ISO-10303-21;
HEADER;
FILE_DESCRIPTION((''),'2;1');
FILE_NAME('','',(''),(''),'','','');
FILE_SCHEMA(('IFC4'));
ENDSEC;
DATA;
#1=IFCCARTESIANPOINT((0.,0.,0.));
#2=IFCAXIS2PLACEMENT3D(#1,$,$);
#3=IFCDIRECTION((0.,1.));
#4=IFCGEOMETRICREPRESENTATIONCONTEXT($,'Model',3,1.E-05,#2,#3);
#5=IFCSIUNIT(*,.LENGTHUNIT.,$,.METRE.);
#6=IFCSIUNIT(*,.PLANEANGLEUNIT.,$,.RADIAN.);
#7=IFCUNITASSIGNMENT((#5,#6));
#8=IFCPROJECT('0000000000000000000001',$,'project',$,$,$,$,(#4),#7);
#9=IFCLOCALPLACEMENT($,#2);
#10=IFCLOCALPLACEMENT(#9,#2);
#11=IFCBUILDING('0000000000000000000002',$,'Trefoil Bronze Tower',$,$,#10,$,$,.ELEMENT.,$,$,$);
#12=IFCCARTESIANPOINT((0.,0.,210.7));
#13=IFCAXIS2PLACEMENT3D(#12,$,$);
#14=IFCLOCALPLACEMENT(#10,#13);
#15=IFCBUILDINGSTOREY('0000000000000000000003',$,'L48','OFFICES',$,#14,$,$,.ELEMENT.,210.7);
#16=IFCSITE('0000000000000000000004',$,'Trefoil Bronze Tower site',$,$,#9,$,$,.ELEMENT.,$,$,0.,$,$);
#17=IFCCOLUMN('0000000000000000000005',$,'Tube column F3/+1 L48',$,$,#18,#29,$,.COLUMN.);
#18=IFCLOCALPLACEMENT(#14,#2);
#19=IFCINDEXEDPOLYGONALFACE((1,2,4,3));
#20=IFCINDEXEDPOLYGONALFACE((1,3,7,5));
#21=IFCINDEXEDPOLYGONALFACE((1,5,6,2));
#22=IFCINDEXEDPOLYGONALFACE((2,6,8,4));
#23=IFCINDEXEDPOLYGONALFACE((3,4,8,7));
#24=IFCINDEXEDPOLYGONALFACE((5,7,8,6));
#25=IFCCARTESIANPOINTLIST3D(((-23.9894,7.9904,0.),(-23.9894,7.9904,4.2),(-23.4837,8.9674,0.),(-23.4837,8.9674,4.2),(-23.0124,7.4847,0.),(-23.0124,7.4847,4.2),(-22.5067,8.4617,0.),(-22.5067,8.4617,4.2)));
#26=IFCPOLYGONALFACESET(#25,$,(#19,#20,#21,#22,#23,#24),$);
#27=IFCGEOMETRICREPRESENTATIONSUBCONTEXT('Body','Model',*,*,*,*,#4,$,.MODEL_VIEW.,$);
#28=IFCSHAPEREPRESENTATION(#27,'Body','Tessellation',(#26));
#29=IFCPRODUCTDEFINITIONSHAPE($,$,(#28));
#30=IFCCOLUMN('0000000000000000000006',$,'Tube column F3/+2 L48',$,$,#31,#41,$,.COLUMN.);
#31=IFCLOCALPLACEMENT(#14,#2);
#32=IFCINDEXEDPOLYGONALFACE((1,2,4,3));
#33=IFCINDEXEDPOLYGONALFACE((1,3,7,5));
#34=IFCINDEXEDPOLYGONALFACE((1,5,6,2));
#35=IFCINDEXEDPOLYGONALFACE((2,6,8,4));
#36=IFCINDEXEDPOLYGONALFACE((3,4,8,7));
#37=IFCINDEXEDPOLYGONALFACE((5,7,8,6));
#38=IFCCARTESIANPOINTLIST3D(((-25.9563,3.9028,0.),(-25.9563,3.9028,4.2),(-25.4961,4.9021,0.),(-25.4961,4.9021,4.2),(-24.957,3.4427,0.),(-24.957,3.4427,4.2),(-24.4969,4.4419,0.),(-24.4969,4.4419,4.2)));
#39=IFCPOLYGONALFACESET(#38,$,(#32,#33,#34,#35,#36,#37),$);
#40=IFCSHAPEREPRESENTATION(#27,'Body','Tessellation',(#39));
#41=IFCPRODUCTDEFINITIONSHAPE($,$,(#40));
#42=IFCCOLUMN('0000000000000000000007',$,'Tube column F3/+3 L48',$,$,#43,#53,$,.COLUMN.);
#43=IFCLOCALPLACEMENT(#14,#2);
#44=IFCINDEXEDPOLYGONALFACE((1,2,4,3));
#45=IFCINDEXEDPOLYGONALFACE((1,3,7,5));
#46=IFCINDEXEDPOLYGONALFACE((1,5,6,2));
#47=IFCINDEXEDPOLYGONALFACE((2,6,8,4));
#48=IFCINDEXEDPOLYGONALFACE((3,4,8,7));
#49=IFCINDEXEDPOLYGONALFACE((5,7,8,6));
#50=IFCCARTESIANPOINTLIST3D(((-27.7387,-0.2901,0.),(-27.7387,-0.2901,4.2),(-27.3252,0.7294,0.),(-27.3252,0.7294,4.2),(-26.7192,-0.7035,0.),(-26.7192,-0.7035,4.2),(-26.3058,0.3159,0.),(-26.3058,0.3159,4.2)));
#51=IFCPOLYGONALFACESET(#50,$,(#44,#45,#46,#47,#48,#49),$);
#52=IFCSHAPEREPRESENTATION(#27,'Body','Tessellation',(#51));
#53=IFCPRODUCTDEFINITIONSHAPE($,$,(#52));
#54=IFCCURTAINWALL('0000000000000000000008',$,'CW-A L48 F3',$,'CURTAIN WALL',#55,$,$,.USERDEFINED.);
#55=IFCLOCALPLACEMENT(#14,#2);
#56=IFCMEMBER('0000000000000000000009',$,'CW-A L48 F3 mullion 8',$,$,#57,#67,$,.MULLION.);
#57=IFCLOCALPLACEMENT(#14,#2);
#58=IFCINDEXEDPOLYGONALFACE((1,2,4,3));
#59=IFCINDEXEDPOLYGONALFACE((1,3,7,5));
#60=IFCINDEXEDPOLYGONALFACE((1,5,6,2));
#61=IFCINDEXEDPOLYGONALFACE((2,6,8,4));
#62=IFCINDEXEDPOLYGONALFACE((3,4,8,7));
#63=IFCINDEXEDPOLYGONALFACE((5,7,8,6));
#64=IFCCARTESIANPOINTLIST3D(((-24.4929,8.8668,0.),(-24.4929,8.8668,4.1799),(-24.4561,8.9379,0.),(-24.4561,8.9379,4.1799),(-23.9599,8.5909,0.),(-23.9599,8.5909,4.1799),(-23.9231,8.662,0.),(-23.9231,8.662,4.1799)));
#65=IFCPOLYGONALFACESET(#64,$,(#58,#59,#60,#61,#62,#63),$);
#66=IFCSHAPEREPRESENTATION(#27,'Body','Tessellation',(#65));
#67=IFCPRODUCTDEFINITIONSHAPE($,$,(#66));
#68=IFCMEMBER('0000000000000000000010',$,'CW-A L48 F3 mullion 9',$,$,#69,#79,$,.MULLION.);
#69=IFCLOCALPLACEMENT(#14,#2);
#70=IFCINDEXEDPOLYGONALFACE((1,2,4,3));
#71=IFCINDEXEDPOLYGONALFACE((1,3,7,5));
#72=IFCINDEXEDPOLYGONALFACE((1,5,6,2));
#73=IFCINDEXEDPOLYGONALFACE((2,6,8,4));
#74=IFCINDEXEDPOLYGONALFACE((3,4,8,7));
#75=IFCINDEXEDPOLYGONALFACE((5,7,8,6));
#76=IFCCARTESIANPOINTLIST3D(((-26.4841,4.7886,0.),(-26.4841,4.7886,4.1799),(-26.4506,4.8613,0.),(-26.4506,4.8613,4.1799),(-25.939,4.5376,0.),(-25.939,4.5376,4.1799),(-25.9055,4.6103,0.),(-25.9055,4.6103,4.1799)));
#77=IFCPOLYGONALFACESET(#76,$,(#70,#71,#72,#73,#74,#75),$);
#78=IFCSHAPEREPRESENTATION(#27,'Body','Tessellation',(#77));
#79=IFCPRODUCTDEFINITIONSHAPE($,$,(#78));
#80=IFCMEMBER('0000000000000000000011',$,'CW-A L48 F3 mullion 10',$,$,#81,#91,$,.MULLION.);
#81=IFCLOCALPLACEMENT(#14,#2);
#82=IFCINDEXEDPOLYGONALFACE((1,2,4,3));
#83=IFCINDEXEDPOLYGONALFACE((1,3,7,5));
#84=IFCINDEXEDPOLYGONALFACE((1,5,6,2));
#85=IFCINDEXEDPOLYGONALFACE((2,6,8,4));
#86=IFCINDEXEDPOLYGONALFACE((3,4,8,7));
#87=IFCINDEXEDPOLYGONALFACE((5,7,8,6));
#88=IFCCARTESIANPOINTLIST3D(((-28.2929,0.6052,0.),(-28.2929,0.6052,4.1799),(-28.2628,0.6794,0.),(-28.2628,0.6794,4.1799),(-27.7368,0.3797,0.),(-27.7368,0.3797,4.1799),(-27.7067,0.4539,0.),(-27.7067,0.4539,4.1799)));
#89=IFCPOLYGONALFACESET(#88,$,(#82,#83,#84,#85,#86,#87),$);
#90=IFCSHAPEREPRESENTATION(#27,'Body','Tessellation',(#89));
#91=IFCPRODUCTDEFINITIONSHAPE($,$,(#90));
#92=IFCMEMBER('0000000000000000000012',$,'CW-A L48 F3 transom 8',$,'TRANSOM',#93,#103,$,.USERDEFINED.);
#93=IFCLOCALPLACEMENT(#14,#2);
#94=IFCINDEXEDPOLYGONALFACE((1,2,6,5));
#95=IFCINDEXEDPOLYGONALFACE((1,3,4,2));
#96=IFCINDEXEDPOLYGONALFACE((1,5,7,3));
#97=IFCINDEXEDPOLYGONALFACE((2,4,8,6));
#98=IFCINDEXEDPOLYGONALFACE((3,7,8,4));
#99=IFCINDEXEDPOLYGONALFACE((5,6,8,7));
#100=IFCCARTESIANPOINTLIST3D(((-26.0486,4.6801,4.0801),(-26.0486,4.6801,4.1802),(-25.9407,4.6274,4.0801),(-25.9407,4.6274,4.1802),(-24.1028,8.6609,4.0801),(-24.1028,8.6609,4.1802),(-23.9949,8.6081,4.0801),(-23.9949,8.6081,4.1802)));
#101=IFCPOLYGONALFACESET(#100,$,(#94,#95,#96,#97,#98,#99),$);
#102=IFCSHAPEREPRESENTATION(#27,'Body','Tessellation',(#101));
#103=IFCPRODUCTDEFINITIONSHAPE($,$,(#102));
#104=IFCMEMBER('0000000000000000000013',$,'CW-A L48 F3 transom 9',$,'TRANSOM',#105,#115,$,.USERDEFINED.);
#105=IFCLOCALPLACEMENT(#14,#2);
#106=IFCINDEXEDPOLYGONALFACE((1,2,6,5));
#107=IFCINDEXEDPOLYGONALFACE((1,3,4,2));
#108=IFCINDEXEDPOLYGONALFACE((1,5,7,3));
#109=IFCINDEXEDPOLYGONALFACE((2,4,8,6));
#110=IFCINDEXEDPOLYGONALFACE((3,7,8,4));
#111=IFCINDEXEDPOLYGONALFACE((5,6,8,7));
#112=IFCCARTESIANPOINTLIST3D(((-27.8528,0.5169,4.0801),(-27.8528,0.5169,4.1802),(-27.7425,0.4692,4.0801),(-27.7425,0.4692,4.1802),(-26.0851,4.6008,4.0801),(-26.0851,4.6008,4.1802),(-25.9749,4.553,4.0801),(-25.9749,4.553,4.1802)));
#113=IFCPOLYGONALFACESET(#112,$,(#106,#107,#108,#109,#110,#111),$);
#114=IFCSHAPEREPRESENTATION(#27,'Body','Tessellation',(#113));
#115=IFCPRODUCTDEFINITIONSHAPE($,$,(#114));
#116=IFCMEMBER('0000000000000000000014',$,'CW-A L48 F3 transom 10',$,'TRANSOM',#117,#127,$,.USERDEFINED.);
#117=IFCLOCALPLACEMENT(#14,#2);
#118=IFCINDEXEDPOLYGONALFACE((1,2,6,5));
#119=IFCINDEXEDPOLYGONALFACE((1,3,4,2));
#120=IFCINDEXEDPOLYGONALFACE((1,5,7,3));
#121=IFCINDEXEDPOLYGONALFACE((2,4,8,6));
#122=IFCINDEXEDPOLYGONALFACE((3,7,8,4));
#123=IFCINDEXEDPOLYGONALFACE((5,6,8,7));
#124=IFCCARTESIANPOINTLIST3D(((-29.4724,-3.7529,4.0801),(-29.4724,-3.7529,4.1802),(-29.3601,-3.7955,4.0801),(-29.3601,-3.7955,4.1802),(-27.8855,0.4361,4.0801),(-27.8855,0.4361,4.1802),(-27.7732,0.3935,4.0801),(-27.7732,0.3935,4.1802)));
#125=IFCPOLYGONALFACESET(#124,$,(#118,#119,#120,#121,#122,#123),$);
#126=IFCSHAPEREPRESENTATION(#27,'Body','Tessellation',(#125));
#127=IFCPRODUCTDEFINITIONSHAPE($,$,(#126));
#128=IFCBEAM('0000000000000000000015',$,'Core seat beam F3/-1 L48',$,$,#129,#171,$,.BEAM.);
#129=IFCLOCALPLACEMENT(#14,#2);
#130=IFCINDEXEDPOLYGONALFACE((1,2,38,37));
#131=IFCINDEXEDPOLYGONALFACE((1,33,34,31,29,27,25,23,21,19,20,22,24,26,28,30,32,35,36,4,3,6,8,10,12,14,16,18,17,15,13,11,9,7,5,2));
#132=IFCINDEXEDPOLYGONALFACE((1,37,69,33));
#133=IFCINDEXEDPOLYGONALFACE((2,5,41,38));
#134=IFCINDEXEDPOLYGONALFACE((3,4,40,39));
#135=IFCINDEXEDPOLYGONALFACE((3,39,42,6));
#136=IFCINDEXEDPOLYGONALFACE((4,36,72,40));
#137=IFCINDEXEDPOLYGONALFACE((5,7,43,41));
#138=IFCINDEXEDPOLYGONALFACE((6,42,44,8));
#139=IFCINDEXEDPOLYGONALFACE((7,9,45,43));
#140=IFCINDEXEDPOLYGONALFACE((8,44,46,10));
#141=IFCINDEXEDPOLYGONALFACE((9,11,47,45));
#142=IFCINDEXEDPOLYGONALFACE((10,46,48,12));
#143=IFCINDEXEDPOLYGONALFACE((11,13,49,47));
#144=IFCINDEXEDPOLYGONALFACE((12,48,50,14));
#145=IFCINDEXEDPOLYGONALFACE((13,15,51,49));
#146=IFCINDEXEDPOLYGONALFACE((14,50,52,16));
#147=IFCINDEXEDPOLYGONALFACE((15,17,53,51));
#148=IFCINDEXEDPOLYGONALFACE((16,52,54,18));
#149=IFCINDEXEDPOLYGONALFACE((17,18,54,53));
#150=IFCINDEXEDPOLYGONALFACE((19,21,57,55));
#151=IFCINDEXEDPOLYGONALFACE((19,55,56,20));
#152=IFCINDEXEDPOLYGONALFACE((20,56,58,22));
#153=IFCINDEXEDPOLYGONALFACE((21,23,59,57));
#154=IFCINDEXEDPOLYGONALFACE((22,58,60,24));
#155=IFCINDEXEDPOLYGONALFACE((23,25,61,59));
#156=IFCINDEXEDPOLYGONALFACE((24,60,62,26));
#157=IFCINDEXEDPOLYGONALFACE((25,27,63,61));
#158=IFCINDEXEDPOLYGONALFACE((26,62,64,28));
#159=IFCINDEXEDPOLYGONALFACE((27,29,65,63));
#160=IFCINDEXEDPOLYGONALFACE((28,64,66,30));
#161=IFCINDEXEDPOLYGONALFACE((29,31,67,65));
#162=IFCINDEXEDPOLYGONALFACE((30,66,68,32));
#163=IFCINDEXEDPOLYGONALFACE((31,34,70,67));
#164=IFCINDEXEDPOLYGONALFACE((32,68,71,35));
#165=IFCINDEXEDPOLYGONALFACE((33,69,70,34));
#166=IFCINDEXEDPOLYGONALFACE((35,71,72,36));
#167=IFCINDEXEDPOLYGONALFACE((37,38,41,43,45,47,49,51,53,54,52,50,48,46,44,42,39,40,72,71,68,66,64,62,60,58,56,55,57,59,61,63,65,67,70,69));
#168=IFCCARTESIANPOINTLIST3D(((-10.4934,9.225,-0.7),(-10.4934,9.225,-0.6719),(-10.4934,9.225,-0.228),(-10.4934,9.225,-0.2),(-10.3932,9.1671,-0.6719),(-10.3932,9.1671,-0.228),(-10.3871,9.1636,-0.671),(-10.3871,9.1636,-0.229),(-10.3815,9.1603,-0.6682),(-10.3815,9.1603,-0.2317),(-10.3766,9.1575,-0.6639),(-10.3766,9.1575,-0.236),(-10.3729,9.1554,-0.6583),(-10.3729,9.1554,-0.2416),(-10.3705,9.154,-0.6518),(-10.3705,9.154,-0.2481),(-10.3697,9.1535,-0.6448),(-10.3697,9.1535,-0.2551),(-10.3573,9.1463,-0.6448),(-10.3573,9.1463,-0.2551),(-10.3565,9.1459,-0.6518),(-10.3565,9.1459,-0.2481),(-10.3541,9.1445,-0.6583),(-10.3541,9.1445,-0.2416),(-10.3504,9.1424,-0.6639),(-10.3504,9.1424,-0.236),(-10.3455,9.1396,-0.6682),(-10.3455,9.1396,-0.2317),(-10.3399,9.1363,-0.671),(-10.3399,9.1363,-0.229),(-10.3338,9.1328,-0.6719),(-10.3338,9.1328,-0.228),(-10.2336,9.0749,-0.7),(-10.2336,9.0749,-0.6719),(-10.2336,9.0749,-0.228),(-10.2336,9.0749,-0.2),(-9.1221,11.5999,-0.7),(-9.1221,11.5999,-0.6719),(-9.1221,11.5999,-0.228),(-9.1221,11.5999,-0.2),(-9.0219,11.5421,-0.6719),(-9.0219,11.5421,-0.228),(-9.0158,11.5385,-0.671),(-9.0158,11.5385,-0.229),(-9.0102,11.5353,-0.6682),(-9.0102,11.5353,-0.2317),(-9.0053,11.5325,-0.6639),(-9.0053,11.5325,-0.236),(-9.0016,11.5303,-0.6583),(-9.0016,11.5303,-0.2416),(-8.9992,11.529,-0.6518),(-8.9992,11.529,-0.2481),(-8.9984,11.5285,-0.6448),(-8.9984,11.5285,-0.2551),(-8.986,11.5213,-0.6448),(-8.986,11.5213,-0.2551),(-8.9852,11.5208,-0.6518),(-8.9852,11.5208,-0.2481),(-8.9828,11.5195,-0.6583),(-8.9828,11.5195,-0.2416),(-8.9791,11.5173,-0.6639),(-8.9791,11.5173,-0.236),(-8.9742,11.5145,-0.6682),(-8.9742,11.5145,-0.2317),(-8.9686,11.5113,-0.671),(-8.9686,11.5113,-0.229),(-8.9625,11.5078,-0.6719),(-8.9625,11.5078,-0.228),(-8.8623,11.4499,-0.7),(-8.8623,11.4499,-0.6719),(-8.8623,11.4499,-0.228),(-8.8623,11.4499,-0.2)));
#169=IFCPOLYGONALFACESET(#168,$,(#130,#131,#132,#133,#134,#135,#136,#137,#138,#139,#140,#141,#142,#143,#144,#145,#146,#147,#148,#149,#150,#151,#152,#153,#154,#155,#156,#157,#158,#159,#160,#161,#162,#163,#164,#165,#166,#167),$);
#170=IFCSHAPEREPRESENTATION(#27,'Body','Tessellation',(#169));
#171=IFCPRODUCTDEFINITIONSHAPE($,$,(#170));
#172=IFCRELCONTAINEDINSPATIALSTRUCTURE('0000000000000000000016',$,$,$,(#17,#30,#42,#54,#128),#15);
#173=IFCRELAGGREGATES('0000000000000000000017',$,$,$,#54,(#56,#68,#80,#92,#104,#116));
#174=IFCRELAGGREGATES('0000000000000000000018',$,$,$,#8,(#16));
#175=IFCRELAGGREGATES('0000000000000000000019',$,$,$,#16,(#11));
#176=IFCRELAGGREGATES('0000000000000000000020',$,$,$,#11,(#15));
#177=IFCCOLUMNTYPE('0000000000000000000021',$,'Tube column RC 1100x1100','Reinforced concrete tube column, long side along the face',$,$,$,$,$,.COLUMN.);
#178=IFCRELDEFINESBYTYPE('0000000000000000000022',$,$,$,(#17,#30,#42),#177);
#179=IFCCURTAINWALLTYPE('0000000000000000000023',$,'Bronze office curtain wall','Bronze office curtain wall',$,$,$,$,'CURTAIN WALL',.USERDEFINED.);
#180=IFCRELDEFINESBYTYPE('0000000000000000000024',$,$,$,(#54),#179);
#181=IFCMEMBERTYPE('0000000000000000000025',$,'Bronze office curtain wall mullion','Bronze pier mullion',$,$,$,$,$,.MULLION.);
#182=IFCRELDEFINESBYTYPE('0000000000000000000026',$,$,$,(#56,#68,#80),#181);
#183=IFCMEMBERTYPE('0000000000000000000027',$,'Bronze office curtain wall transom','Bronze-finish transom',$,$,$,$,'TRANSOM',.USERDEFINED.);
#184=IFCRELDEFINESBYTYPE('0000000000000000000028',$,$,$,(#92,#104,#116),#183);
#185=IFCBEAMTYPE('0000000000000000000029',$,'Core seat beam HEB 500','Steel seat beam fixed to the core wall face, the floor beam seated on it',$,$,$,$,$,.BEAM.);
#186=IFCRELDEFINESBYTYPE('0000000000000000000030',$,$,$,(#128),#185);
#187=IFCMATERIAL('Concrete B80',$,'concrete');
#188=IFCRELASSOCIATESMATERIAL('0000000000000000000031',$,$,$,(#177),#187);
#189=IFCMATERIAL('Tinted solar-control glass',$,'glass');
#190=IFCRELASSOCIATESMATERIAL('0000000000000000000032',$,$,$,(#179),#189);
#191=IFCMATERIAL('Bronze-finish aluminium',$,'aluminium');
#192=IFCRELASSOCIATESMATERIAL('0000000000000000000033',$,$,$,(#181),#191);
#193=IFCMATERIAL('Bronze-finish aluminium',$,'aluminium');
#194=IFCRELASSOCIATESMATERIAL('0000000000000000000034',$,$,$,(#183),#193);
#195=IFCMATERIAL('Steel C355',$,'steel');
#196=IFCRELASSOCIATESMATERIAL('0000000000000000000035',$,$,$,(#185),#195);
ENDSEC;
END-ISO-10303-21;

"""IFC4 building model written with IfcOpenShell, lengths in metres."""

from ifc_helpers import new_model, si_unit, direction, frame, origin, origin_2d, place, context, subcontext, project, spatial, rectangle, i_section, extrude, material, material_profile, profile_set, type_object, element, aggregate, save


model = new_model("IFC4")

# Units and contexts
model_context = context("Model", 3, precision=1e-05, world=origin(), true_north=direction((0.0, 1.0)))
body_context = subcontext(model_context, "Body", "Model", "MODEL_VIEW")
ifc_project = project(units=[si_unit("LENGTHUNIT", "METRE"), si_unit("PLANEANGLEUNIT", "RADIAN")], contexts=[model_context])

# Site, building, storey
site_placement = place(None, origin())
site = spatial("IfcSite", under=ifc_project, at=site_placement, Name="Trefoil Bronze Tower site", CompositionType="ELEMENT", RefElevation=0.0)
building_placement = place(site_placement, origin())
building = spatial("IfcBuilding", under=site, at=building_placement, Name="Trefoil Bronze Tower", CompositionType="ELEMENT")
storey_placement = place(building_placement, frame((0.0, 0.0, 210.7)))
storey = spatial("IfcBuildingStorey", under=building, at=storey_placement, Name="L48", Description="OFFICES", CompositionType="ELEMENT", Elevation=210.7)

# Columns
ifc_material_1 = material(Name="Concrete B80", Category="concrete")
ifc_material_profile_1 = material_profile(ifc_material_1, rectangle(XDim=1.1001, YDim=1.1001, at=origin_2d()), Name="RC 1100x1100")
ifc_profile_set_1 = profile_set([ifc_material_profile_1], Name="Concrete B80")
column_type = type_object("IfcColumnType", Name="Tube column RC 1100x1100", Description="Reinforced concrete tube column, long side along the face", PredefinedType="COLUMN", material=ifc_profile_set_1)
for number, where, z_axis, x_axis, name in (
    (1, (-23.248, 8.2261, 0.0), (0.0, 0.0, 1.0), (-0.459673, -0.888088, 0.0), "Tube column F3/+1 L48"),
    (2, (-25.2266, 4.1724, 0.0), (0.0, 0.0, 1.0), (-0.418286, -0.908315, 0.0), "Tube column F3/+2 L48"),
    (3, (-27.0222, 0.0129, 0.0), (0.0, 0.0, 1.0), (-0.375828, -0.926689, 0.0), "Tube column F3/+3 L48"),
):
    element("IfcColumn", number, at=place(storey_placement, frame(where, z_axis=z_axis, x_axis=x_axis)), inside=storey, type_object=column_type, Name=name, PredefinedType="COLUMN", context=body_context, shape_type="SweptSolid", body=[
        extrude(rectangle(XDim=1.1001, YDim=1.1001, at=origin_2d()), origin(), (0.0, 0.0, 1.0), 4.2),
    ])

# Curtain wall, members
ifc_material_2 = material(Name="Tinted solar-control glass", Category="glass")
curtain_wall_type = type_object("IfcCurtainWallType", Name="Bronze office curtain wall", Description="Bronze office curtain wall", ElementType="CURTAIN WALL", PredefinedType="USERDEFINED", material=ifc_material_2)
curtain_wall_placement = place(storey_placement, origin())
curtain_wall = element("IfcCurtainWall", 4, at=curtain_wall_placement, inside=storey, type_object=curtain_wall_type, Name="CW-A L48 F3", ObjectType="CURTAIN WALL", PredefinedType="USERDEFINED")
ifc_material_3 = material(Name="Bronze-finish aluminium", Category="aluminium")
ifc_material_profile_2 = material_profile(ifc_material_3, rectangle(XDim=0.6001, YDim=0.0801, at=origin_2d()), Name="CW-A mullion")
ifc_profile_set_2 = profile_set([ifc_material_profile_2], Name="Bronze-finish aluminium")
member_type_1 = type_object("IfcMemberType", Name="Bronze office curtain wall mullion", Description="Bronze pier mullion", PredefinedType="MULLION", material=ifc_profile_set_2)
member_1_placement = place(storey_placement, frame((-24.208, 8.7644, 0.0), z_axis=(0.0, 0.0, 1.0), x_axis=(0.888088, -0.459673, 0.0)))
member_1 = element("IfcMember", 5, at=member_1_placement, type_object=member_type_1, Name="CW-A L48 F3 mullion 8", PredefinedType="MULLION", context=body_context, shape_type="SweptSolid", body=[
    extrude(rectangle(XDim=0.6001, YDim=0.0801, at=origin_2d()), origin(), (0.0, 0.0, 1.0), 4.1799),
])
member_2_placement = place(storey_placement, frame((-26.1948, 4.6995, 0.0), z_axis=(0.0, 0.0, 1.0), x_axis=(0.908315, -0.418286, 0.0)))
member_2 = element("IfcMember", 6, at=member_2_placement, type_object=member_type_1, Name="CW-A L48 F3 mullion 9", PredefinedType="MULLION", context=body_context, shape_type="SweptSolid", body=[
    extrude(rectangle(XDim=0.6001, YDim=0.0801, at=origin_2d()), origin(), (0.0, 0.0, 1.0), 4.1799),
])
member_3_placement = place(storey_placement, frame((-27.9998, 0.5295, 0.0), z_axis=(0.0, 0.0, 1.0), x_axis=(0.926689, -0.375828, 0.0)))
member_3 = element("IfcMember", 7, at=member_3_placement, type_object=member_type_1, Name="CW-A L48 F3 mullion 10", PredefinedType="MULLION", context=body_context, shape_type="SweptSolid", body=[
    extrude(rectangle(XDim=0.6001, YDim=0.0801, at=origin_2d()), origin(), (0.0, 0.0, 1.0), 4.1799),
])
ifc_material_4 = material(Name="Bronze-finish aluminium", Category="aluminium")
ifc_material_profile_3 = material_profile(ifc_material_4, rectangle(XDim=0.1201, YDim=0.1001, at=origin_2d()), Name="CW-A transom")
ifc_profile_set_3 = profile_set([ifc_material_profile_3], Name="Bronze-finish aluminium")
member_type_2 = type_object("IfcMemberType", Name="Bronze office curtain wall transom", Description="Bronze-finish transom", ElementType="TRANSOM", PredefinedType="USERDEFINED", material=ifc_profile_set_3)
member_4_placement = place(storey_placement, frame((-24.0488, 8.6345, 4.1301), z_axis=(-0.439151, -0.898413, 0.0), x_axis=(0.898413, -0.439151, 0.0)))
member_4 = element("IfcMember", 8, at=member_4_placement, type_object=member_type_2, Name="CW-A L48 F3 transom 8", ObjectType="TRANSOM", PredefinedType="USERDEFINED", context=body_context, shape_type="SweptSolid", body=[
    extrude(rectangle(XDim=0.1201, YDim=0.1001, at=origin_2d()), origin(), (0.0, 0.0, 1.0), 4.4309),
])
member_5_placement = place(storey_placement, frame((-26.03, 4.5769, 4.1301), z_axis=(-0.397221, -0.917723, 0.0), x_axis=(0.917723, -0.397221, 0.0)))
member_5 = element("IfcMember", 9, at=member_5_placement, type_object=member_type_2, Name="CW-A L48 F3 transom 9", ObjectType="TRANSOM", PredefinedType="USERDEFINED", context=body_context, shape_type="SweptSolid", body=[
    extrude(rectangle(XDim=0.1201, YDim=0.1001, at=origin_2d()), origin(), (0.0, 0.0, 1.0), 4.45),
])
member_6_placement = place(storey_placement, frame((-27.8293, 0.4148, 4.1301), z_axis=(-0.354263, -0.935146, 0.0), x_axis=(0.935146, -0.354263, 0.0)))
member_6 = element("IfcMember", 10, at=member_6_placement, type_object=member_type_2, Name="CW-A L48 F3 transom 10", ObjectType="TRANSOM", PredefinedType="USERDEFINED", context=body_context, shape_type="SweptSolid", body=[
    extrude(rectangle(XDim=0.1201, YDim=0.1001, at=origin_2d()), origin(), (0.0, 0.0, 1.0), 4.4795),
])

# Beam
ifc_material_5 = material(Name="Steel C355", Category="steel")
ifc_material_profile_4 = material_profile(ifc_material_5, i_section(OverallWidth=0.3, OverallDepth=0.5, WebThickness=0.0144, FlangeThickness=0.0281, FilletRadius=0.0271, at=origin_2d()), Name="HEB 500")
ifc_profile_set_4 = profile_set([ifc_material_profile_4], Name="Steel C355")
beam_type_1 = type_object("IfcBeamType", Name="Core seat beam HEB 500", Description="Steel seat beam fixed to the core wall face, the floor beam seated on it", PredefinedType="BEAM", material=ifc_profile_set_4)
for number, where, z_axis, x_axis, name in (
    (11, (-8.9922, 11.5249, -0.45), (-0.500036, -0.866005, 0.0), (0.866005, -0.500036, 0.0), "Core seat beam F3/-1 L48"),
):
    element("IfcBeam", number, at=place(storey_placement, frame(where, z_axis=z_axis, x_axis=x_axis)), inside=storey, type_object=beam_type_1, Name=name, PredefinedType="BEAM", context=body_context, shape_type="SweptSolid", body=[
        extrude(i_section(OverallWidth=0.3, OverallDepth=0.5, WebThickness=0.0144, FlangeThickness=0.0281, FilletRadius=0.0271, at=origin_2d()), origin(), (0.0, 0.0, 1.0), 2.7424),
    ])

aggregate(curtain_wall, [member_1, member_2, member_3, member_4, member_5, member_6])

save(model, "model.ifc")
